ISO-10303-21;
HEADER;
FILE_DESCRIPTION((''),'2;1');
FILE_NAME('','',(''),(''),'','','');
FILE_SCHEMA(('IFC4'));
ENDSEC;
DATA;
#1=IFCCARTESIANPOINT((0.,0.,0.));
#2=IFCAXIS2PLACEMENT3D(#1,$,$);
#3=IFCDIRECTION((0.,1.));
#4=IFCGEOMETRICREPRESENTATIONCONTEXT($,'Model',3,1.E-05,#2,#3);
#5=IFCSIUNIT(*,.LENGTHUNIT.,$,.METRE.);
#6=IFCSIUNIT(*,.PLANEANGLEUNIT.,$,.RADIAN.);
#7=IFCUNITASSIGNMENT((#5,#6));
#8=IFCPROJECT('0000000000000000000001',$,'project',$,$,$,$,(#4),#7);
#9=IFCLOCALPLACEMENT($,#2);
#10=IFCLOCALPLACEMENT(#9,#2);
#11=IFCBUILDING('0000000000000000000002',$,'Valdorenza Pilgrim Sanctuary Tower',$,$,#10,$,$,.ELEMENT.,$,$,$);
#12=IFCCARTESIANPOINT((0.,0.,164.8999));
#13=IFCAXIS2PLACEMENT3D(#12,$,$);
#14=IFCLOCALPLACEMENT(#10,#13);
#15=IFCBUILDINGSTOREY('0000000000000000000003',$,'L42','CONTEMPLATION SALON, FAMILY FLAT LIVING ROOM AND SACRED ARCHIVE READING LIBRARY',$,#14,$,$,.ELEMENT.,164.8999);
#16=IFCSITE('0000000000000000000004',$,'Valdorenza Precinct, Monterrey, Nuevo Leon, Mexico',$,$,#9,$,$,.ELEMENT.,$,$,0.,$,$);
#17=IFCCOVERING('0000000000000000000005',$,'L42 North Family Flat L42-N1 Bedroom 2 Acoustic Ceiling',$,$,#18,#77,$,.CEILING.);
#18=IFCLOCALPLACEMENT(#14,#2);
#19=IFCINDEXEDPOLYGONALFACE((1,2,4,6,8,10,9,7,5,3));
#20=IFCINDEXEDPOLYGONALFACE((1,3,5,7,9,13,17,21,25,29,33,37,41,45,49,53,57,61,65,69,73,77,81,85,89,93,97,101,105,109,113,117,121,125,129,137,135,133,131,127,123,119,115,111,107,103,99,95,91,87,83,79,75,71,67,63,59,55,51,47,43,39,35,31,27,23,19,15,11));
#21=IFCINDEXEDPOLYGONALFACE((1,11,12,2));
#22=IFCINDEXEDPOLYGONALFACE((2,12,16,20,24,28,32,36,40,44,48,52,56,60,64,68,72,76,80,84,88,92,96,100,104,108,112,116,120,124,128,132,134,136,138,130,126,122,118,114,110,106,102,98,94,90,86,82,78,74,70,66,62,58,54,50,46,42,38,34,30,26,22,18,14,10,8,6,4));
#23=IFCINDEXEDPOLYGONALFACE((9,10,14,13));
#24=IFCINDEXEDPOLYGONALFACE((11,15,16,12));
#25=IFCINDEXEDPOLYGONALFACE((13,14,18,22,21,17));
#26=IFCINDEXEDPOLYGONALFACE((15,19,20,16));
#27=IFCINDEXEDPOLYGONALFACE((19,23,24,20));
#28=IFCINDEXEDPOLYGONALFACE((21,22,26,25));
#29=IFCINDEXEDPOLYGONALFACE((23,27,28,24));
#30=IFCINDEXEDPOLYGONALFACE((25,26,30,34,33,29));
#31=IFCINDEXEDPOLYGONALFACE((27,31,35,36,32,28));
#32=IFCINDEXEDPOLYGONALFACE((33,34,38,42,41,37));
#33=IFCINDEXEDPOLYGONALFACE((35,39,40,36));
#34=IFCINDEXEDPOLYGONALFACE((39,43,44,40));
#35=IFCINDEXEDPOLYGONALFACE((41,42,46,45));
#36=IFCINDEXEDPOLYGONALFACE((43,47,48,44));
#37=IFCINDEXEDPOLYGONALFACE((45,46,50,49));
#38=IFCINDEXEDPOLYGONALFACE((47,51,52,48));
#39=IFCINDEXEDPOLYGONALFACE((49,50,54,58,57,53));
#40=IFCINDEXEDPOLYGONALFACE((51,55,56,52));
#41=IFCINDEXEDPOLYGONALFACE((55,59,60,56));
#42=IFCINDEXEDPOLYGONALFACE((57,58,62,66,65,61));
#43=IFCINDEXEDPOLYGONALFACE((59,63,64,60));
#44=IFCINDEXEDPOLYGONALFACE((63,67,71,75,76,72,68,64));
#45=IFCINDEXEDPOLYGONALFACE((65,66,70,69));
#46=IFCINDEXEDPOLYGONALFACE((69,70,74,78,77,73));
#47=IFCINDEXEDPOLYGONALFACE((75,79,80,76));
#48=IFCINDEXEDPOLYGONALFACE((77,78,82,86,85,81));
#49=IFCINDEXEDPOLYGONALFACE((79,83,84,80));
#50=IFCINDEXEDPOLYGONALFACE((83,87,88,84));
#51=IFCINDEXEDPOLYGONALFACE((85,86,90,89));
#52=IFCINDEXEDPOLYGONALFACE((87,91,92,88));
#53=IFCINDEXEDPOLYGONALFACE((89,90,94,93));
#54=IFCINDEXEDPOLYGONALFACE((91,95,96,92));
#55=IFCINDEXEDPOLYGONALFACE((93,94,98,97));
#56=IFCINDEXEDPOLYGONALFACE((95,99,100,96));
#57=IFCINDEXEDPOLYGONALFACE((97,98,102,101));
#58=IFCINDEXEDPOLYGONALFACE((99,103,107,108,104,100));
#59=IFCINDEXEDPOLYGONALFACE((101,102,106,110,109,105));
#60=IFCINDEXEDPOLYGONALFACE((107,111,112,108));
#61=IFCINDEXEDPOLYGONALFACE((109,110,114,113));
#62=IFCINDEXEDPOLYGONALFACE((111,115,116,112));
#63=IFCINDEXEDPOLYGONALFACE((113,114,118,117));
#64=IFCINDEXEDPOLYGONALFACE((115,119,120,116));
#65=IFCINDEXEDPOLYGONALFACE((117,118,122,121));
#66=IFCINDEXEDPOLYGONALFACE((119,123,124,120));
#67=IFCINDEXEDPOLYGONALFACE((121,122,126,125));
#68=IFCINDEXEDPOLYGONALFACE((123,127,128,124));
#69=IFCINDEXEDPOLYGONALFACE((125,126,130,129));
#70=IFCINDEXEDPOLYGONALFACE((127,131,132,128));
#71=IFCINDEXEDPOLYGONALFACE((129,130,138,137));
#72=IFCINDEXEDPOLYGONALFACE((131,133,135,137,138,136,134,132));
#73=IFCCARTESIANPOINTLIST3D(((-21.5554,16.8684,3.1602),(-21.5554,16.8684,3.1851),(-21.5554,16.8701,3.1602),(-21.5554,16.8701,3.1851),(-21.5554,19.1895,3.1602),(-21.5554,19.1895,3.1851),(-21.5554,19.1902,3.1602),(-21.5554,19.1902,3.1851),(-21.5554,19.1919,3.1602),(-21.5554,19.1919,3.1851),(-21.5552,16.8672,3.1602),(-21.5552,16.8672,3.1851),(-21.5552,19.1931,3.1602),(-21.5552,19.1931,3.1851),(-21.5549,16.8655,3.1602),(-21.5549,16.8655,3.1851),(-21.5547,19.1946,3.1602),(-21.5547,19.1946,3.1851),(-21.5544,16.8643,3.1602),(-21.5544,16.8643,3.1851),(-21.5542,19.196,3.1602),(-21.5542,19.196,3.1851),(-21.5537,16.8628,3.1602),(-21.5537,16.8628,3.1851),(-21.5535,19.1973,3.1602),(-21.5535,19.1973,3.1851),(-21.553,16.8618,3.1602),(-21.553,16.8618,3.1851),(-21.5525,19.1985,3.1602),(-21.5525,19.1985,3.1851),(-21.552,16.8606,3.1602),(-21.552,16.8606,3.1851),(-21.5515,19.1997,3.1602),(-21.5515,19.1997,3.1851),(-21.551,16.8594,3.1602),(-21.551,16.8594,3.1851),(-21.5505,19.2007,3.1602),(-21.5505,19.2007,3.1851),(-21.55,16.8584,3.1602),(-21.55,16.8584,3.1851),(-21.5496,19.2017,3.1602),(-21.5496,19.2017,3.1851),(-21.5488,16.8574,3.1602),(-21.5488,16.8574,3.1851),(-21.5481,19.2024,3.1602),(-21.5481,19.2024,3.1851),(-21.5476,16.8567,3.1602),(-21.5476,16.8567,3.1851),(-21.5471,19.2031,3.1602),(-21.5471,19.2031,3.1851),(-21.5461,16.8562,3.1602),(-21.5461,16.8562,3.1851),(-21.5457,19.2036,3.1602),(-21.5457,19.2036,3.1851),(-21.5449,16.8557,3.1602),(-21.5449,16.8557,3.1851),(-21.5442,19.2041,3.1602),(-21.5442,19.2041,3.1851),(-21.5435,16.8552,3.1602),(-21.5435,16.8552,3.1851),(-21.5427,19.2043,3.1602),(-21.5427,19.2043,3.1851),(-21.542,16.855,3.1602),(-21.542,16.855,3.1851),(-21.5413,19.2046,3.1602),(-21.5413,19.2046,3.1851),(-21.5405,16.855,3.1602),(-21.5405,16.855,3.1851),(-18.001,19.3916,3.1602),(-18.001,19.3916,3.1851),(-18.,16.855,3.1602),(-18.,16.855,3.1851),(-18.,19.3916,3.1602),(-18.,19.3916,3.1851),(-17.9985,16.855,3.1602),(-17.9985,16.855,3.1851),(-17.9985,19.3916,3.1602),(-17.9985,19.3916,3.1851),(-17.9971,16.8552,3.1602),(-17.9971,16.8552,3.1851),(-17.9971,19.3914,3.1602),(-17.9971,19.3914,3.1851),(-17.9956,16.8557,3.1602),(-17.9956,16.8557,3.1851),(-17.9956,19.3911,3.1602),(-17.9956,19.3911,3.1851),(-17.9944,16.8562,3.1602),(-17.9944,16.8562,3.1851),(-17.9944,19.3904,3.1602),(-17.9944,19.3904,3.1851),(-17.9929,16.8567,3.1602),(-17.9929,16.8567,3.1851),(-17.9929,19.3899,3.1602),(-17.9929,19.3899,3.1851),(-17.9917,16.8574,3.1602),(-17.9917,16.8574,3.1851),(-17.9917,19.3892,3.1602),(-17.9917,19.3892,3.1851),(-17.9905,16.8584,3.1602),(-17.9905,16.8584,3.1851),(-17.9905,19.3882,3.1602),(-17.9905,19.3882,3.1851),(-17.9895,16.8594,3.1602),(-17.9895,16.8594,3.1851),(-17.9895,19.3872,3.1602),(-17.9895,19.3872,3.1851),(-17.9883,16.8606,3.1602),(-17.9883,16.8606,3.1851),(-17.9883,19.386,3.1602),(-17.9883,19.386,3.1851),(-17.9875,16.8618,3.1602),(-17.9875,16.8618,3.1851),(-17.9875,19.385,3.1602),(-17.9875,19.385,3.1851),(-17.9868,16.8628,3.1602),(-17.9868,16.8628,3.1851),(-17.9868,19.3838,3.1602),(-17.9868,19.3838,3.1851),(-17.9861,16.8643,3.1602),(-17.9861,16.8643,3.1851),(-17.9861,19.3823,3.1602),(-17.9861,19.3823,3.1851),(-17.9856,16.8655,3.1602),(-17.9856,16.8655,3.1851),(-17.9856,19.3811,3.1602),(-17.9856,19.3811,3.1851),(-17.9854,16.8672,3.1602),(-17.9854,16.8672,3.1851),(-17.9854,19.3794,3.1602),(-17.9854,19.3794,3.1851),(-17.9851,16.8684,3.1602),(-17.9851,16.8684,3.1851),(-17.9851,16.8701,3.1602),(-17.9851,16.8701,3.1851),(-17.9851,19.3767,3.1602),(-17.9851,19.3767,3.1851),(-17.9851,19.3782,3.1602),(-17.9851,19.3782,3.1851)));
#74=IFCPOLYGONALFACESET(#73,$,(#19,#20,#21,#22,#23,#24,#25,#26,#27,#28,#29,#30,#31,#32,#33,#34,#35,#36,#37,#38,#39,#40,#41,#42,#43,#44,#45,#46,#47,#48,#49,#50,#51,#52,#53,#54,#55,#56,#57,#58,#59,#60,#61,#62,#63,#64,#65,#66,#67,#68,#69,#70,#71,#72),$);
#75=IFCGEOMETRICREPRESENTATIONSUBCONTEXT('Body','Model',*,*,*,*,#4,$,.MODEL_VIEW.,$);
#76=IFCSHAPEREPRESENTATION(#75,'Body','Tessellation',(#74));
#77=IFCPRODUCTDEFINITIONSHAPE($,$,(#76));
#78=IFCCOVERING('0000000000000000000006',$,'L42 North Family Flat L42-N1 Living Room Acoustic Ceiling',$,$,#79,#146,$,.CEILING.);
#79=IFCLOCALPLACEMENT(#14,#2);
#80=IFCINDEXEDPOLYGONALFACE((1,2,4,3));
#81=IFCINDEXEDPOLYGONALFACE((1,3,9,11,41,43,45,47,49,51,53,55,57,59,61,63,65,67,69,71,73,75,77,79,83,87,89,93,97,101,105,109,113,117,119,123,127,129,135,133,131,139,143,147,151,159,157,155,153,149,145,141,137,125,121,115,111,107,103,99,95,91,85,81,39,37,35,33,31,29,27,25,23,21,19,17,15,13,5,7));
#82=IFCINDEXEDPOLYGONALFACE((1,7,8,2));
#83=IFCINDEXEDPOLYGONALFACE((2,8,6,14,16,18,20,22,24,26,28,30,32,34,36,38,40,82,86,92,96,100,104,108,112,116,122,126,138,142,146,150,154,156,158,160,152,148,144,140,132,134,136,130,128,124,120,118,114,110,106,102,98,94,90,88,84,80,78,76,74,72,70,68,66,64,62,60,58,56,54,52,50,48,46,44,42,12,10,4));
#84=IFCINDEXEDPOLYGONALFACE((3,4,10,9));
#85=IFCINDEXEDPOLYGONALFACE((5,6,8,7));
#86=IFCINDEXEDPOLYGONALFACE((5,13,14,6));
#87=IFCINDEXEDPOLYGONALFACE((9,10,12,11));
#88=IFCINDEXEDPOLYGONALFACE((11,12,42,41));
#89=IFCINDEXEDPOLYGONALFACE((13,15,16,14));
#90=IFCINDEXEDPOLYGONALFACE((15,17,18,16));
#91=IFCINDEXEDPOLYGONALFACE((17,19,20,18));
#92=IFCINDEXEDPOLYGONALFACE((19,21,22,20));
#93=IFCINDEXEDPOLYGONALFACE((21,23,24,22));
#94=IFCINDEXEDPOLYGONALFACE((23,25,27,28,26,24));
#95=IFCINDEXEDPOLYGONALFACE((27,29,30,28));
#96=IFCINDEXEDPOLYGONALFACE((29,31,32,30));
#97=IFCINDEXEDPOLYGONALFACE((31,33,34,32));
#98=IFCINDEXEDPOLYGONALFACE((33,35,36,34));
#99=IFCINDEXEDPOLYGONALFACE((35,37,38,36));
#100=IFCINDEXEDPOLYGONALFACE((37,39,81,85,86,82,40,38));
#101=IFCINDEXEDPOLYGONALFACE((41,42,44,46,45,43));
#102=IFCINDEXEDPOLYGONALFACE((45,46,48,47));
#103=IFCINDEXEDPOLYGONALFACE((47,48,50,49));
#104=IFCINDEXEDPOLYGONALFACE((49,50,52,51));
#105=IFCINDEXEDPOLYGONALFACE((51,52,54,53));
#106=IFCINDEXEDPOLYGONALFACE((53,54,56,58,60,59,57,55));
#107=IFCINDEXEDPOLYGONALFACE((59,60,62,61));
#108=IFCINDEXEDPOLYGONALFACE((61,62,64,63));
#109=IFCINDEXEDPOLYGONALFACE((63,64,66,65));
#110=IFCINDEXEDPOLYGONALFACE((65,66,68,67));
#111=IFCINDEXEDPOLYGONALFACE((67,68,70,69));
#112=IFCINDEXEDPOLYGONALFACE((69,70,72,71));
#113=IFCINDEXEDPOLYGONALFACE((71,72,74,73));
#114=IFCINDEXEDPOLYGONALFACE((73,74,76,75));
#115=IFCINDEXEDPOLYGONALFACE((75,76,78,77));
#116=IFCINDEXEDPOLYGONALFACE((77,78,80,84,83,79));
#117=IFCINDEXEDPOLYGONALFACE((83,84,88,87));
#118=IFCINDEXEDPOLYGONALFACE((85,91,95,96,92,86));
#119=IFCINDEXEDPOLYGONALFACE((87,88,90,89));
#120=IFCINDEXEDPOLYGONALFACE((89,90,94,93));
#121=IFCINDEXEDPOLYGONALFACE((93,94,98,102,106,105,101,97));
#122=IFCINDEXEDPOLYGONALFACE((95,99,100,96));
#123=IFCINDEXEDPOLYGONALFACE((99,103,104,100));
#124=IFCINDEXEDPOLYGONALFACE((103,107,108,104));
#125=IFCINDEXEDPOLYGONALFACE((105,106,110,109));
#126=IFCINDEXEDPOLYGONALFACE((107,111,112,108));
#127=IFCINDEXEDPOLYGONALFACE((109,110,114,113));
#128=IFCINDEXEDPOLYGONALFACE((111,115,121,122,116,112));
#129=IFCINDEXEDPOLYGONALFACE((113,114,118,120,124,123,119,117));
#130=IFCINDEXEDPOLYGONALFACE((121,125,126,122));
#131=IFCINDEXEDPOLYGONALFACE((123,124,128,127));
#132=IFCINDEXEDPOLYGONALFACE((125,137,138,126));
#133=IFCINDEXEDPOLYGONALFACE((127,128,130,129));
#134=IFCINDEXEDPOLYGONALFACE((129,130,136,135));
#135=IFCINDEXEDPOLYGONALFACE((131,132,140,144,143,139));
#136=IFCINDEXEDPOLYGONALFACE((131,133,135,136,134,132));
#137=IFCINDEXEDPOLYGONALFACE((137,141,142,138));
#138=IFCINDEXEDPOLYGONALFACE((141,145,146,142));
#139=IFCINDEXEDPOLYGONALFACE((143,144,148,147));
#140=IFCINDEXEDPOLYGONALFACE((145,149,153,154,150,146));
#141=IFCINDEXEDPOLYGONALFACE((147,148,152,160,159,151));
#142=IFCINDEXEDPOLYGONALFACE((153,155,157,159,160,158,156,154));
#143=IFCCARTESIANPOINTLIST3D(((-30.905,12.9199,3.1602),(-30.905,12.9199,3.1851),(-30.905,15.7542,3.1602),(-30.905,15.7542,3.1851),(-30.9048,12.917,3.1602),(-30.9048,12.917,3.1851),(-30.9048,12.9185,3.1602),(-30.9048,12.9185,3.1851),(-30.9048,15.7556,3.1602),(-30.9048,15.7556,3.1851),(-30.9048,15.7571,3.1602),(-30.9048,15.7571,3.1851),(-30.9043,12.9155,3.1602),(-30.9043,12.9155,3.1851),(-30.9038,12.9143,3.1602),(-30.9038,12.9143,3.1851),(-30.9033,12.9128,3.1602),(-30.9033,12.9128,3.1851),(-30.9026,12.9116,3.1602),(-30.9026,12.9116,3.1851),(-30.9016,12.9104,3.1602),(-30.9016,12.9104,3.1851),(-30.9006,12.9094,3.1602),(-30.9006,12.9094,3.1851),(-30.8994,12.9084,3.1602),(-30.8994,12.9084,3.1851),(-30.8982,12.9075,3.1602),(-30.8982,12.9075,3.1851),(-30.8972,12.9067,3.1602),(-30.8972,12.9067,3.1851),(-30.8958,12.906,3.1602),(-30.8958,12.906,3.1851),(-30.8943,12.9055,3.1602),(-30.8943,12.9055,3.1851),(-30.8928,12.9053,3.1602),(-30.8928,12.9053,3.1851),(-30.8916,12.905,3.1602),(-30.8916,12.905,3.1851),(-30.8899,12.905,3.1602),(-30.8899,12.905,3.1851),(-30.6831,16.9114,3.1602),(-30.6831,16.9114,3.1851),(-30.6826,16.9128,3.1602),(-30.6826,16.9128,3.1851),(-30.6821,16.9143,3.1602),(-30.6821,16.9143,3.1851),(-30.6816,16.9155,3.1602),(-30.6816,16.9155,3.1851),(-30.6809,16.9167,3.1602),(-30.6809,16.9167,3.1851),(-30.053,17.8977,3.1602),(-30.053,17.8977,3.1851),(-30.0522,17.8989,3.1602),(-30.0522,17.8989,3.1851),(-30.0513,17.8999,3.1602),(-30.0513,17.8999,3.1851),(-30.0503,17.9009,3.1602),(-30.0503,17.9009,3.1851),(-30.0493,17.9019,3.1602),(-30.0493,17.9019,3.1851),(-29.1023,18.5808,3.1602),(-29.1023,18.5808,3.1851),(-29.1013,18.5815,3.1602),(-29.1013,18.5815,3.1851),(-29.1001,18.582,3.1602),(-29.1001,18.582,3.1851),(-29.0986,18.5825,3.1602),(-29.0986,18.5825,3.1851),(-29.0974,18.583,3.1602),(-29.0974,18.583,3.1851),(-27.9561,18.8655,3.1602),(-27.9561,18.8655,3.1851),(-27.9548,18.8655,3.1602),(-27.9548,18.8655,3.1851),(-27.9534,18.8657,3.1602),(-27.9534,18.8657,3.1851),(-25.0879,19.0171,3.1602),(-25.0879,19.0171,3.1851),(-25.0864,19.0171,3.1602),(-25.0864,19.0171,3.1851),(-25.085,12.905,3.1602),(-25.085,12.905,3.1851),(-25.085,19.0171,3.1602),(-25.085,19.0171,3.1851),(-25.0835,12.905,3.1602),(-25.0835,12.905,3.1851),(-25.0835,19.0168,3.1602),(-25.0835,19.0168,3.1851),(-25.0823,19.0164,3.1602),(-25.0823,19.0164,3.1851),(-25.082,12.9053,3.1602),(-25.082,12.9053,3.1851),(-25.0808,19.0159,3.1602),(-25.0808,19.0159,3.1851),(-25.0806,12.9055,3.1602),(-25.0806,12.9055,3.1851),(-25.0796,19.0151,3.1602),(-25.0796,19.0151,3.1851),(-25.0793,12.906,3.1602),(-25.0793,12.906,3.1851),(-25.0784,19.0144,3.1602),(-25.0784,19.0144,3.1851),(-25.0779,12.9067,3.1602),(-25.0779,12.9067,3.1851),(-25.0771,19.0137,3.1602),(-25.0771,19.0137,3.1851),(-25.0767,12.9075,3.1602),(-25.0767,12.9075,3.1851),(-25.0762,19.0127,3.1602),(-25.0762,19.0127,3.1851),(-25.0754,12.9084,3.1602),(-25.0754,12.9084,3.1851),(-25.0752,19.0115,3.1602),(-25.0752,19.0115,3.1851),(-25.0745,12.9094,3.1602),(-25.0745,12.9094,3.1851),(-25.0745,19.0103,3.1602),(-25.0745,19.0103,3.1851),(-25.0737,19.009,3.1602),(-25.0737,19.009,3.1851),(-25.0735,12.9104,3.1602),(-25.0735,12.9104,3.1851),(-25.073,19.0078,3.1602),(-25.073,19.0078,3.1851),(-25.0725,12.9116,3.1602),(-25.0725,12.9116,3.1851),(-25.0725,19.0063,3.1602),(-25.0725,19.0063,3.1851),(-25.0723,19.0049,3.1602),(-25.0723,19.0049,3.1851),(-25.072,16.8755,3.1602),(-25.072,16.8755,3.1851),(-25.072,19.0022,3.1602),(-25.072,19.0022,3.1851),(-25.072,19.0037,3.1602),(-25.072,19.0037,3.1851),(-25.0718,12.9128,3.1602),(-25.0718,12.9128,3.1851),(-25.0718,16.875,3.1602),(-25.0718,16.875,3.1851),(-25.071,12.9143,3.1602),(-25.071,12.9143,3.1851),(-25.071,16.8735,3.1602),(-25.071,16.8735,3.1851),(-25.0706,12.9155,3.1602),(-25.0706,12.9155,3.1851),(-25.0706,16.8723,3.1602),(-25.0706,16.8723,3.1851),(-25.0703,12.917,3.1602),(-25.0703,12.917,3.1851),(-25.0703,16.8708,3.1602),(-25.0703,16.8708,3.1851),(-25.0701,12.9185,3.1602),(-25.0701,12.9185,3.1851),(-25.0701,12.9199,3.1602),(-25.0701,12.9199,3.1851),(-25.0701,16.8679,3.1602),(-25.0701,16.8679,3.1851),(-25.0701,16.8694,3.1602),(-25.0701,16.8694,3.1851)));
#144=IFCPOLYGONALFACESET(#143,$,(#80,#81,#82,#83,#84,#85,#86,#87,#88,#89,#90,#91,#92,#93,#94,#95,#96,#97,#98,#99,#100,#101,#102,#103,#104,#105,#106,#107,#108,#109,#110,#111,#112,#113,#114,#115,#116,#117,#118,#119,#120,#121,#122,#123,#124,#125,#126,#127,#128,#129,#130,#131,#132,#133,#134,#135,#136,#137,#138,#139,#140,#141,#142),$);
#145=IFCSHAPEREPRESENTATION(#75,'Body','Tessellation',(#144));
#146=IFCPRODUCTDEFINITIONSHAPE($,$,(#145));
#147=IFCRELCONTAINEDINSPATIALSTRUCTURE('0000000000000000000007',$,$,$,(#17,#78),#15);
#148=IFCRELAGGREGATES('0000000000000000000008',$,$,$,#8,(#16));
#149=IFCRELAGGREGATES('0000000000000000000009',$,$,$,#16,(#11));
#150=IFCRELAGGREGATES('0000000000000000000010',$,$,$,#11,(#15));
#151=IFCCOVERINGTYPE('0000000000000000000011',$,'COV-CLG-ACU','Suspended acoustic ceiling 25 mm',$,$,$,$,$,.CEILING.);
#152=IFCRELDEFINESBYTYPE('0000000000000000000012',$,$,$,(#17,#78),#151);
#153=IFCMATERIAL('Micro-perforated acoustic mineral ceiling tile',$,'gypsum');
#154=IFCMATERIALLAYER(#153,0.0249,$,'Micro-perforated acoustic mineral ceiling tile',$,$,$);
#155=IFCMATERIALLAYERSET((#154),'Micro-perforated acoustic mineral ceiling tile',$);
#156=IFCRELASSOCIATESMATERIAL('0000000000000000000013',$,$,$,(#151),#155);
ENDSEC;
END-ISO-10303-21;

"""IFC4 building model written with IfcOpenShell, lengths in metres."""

from ifc_helpers import new_model, si_unit, direction, frame, origin, place, context, subcontext, project, spatial, polyline, outline, extrude, material, layer, layer_set, type_object, element, save


model = new_model("IFC4")

# Units and contexts
model_context = context("Model", 3, precision=1e-05, world=origin(), true_north=direction((0.0, 1.0)))
body_context = subcontext(model_context, "Body", "Model", "MODEL_VIEW")
ifc_project = project(units=[si_unit("LENGTHUNIT", "METRE"), si_unit("PLANEANGLEUNIT", "RADIAN")], contexts=[model_context])

# Site, building, storey
site_placement = place(None, origin())
site = spatial("IfcSite", under=ifc_project, at=site_placement, Name="Valdorenza Precinct, Monterrey, Nuevo Leon, Mexico", CompositionType="ELEMENT", RefElevation=0.0)
building_placement = place(site_placement, origin())
building = spatial("IfcBuilding", under=site, at=building_placement, Name="Valdorenza Pilgrim Sanctuary Tower", CompositionType="ELEMENT")
storey_placement = place(building_placement, frame((0.0, 0.0, 164.8999)))
storey = spatial("IfcBuildingStorey", under=building, at=storey_placement, Name="L42", Description="CONTEMPLATION SALON, FAMILY FLAT LIVING ROOM AND SACRED ARCHIVE READING LIBRARY", CompositionType="ELEMENT", Elevation=164.8999)

# Coverings
ifc_material_1 = material(Name="Micro-perforated acoustic mineral ceiling tile", Category="gypsum")
ifc_layer_1 = layer(ifc_material_1, 0.0249, Name="Micro-perforated acoustic mineral ceiling tile")
ifc_layer_set_1 = layer_set([ifc_layer_1], Name="Micro-perforated acoustic mineral ceiling tile")
covering_type_1 = type_object("IfcCoveringType", Name="COV-CLG-ACU", Description="Suspended acoustic ceiling 25 mm", PredefinedType="CEILING", material=ifc_layer_set_1)
covering_1_placement = place(storey_placement, frame((0.0, 0.0, 3.1602)))
element("IfcCovering", 1, at=covering_1_placement, inside=storey, type_object=covering_type_1, Name="L42 North Family Flat L42-N1 Bedroom 2 Acoustic Ceiling", PredefinedType="CEILING", context=body_context, shape_type="SweptSolid", body=[
    extrude(outline(polyline([(-21.5554, 19.1895), (-21.5554, 19.1902), (-21.5554, 19.1919), (-21.5552, 19.1931), (-21.5547, 19.1946), (-21.5542, 19.196), (-21.5535, 19.1973), (-21.5525, 19.1985), (-21.5515, 19.1997), (-21.5505, 19.2007), (-21.5496, 19.2017), (-21.5481, 19.2024), (-21.5471, 19.2031), (-21.5457, 19.2036), (-21.5442, 19.2041), (-21.5427, 19.2043), (-21.5413, 19.2046), (-18.001, 19.3916), (-18.0, 19.3916), (-18.0, 19.3916), (-17.9985, 19.3916), (-17.9971, 19.3914), (-17.9956, 19.3911), (-17.9944, 19.3904), (-17.9929, 19.3899), (-17.9917, 19.3892), (-17.9905, 19.3882), (-17.9895, 19.3872), (-17.9883, 19.386), (-17.9875, 19.385), (-17.9868, 19.3838), (-17.9861, 19.3823), (-17.9856, 19.3811), (-17.9854, 19.3794), (-17.9851, 19.3782), (-17.9851, 19.3767), (-17.9851, 16.8701), (-17.9851, 16.8684), (-17.9854, 16.8672), (-17.9856, 16.8655), (-17.9861, 16.8643), (-17.9868, 16.8628), (-17.9875, 16.8618), (-17.9883, 16.8606), (-17.9895, 16.8594), (-17.9905, 16.8584), (-17.9917, 16.8574), (-17.9929, 16.8567), (-17.9944, 16.8562), (-17.9956, 16.8557), (-17.9971, 16.8552), (-17.9985, 16.855), (-18.0, 16.855), (-21.5405, 16.855), (-21.542, 16.855), (-21.5435, 16.8552), (-21.5449, 16.8557), (-21.5461, 16.8562), (-21.5476, 16.8567), (-21.5488, 16.8574), (-21.55, 16.8584), (-21.551, 16.8594), (-21.552, 16.8606), (-21.553, 16.8618), (-21.5537, 16.8628), (-21.5544, 16.8643), (-21.5549, 16.8655), (-21.5552, 16.8672), (-21.5554, 16.8684), (-21.5554, 16.8701), (-21.5554, 19.1895), (-21.5554, 19.1895)])), origin(), (0.0, 0.0, 1.0), 0.0249),
])
covering_2_placement = place(storey_placement, frame((0.0, 0.0, 3.1602)))
element("IfcCovering", 2, at=covering_2_placement, inside=storey, type_object=covering_type_1, Name="L42 North Family Flat L42-N1 Living Room Acoustic Ceiling", PredefinedType="CEILING", context=body_context, shape_type="SweptSolid", body=[
    extrude(outline(polyline([(-30.8899, 12.905), (-30.8916, 12.905), (-30.8928, 12.9053), (-30.8943, 12.9055), (-30.8958, 12.906), (-30.8972, 12.9067), (-30.8982, 12.9075), (-30.8994, 12.9084), (-30.9006, 12.9094), (-30.9016, 12.9104), (-30.9026, 12.9116), (-30.9033, 12.9128), (-30.9038, 12.9143), (-30.9043, 12.9155), (-30.9048, 12.917), (-30.9048, 12.9185), (-30.905, 12.9199), (-30.905, 15.7542), (-30.9048, 15.7556), (-30.9048, 15.7571), (-30.6831, 16.9114), (-30.6826, 16.9128), (-30.6821, 16.9143), (-30.6816, 16.9155), (-30.6809, 16.9167), (-30.053, 17.8977), (-30.0522, 17.8989), (-30.0513, 17.8999), (-30.0503, 17.9009), (-30.0493, 17.9019), (-29.1023, 18.5808), (-29.1013, 18.5815), (-29.1001, 18.582), (-29.0986, 18.5825), (-29.0974, 18.583), (-27.9561, 18.8655), (-27.9548, 18.8655), (-27.9534, 18.8657), (-25.0879, 19.0171), (-25.0864, 19.0171), (-25.085, 19.0171), (-25.0835, 19.0168), (-25.0823, 19.0164), (-25.0808, 19.0159), (-25.0796, 19.0151), (-25.0784, 19.0144), (-25.0771, 19.0137), (-25.0762, 19.0127), (-25.0752, 19.0115), (-25.0745, 19.0103), (-25.0737, 19.009), (-25.073, 19.0078), (-25.0725, 19.0063), (-25.0723, 19.0049), (-25.072, 19.0037), (-25.072, 19.0022), (-25.072, 16.8755), (-25.0718, 16.875), (-25.071, 16.8735), (-25.0706, 16.8723), (-25.0703, 16.8708), (-25.0701, 16.8694), (-25.0701, 16.8679), (-25.0701, 12.9199), (-25.0701, 12.9185), (-25.0703, 12.917), (-25.0706, 12.9155), (-25.071, 12.9143), (-25.0718, 12.9128), (-25.0725, 12.9116), (-25.0735, 12.9104), (-25.0745, 12.9094), (-25.0754, 12.9084), (-25.0767, 12.9075), (-25.0779, 12.9067), (-25.0793, 12.906), (-25.0806, 12.9055), (-25.082, 12.9053), (-25.0835, 12.905), (-25.085, 12.905), (-30.8899, 12.905)])), origin(), (0.0, 0.0, 1.0), 0.0249),
])

save(model, "model.ifc")
